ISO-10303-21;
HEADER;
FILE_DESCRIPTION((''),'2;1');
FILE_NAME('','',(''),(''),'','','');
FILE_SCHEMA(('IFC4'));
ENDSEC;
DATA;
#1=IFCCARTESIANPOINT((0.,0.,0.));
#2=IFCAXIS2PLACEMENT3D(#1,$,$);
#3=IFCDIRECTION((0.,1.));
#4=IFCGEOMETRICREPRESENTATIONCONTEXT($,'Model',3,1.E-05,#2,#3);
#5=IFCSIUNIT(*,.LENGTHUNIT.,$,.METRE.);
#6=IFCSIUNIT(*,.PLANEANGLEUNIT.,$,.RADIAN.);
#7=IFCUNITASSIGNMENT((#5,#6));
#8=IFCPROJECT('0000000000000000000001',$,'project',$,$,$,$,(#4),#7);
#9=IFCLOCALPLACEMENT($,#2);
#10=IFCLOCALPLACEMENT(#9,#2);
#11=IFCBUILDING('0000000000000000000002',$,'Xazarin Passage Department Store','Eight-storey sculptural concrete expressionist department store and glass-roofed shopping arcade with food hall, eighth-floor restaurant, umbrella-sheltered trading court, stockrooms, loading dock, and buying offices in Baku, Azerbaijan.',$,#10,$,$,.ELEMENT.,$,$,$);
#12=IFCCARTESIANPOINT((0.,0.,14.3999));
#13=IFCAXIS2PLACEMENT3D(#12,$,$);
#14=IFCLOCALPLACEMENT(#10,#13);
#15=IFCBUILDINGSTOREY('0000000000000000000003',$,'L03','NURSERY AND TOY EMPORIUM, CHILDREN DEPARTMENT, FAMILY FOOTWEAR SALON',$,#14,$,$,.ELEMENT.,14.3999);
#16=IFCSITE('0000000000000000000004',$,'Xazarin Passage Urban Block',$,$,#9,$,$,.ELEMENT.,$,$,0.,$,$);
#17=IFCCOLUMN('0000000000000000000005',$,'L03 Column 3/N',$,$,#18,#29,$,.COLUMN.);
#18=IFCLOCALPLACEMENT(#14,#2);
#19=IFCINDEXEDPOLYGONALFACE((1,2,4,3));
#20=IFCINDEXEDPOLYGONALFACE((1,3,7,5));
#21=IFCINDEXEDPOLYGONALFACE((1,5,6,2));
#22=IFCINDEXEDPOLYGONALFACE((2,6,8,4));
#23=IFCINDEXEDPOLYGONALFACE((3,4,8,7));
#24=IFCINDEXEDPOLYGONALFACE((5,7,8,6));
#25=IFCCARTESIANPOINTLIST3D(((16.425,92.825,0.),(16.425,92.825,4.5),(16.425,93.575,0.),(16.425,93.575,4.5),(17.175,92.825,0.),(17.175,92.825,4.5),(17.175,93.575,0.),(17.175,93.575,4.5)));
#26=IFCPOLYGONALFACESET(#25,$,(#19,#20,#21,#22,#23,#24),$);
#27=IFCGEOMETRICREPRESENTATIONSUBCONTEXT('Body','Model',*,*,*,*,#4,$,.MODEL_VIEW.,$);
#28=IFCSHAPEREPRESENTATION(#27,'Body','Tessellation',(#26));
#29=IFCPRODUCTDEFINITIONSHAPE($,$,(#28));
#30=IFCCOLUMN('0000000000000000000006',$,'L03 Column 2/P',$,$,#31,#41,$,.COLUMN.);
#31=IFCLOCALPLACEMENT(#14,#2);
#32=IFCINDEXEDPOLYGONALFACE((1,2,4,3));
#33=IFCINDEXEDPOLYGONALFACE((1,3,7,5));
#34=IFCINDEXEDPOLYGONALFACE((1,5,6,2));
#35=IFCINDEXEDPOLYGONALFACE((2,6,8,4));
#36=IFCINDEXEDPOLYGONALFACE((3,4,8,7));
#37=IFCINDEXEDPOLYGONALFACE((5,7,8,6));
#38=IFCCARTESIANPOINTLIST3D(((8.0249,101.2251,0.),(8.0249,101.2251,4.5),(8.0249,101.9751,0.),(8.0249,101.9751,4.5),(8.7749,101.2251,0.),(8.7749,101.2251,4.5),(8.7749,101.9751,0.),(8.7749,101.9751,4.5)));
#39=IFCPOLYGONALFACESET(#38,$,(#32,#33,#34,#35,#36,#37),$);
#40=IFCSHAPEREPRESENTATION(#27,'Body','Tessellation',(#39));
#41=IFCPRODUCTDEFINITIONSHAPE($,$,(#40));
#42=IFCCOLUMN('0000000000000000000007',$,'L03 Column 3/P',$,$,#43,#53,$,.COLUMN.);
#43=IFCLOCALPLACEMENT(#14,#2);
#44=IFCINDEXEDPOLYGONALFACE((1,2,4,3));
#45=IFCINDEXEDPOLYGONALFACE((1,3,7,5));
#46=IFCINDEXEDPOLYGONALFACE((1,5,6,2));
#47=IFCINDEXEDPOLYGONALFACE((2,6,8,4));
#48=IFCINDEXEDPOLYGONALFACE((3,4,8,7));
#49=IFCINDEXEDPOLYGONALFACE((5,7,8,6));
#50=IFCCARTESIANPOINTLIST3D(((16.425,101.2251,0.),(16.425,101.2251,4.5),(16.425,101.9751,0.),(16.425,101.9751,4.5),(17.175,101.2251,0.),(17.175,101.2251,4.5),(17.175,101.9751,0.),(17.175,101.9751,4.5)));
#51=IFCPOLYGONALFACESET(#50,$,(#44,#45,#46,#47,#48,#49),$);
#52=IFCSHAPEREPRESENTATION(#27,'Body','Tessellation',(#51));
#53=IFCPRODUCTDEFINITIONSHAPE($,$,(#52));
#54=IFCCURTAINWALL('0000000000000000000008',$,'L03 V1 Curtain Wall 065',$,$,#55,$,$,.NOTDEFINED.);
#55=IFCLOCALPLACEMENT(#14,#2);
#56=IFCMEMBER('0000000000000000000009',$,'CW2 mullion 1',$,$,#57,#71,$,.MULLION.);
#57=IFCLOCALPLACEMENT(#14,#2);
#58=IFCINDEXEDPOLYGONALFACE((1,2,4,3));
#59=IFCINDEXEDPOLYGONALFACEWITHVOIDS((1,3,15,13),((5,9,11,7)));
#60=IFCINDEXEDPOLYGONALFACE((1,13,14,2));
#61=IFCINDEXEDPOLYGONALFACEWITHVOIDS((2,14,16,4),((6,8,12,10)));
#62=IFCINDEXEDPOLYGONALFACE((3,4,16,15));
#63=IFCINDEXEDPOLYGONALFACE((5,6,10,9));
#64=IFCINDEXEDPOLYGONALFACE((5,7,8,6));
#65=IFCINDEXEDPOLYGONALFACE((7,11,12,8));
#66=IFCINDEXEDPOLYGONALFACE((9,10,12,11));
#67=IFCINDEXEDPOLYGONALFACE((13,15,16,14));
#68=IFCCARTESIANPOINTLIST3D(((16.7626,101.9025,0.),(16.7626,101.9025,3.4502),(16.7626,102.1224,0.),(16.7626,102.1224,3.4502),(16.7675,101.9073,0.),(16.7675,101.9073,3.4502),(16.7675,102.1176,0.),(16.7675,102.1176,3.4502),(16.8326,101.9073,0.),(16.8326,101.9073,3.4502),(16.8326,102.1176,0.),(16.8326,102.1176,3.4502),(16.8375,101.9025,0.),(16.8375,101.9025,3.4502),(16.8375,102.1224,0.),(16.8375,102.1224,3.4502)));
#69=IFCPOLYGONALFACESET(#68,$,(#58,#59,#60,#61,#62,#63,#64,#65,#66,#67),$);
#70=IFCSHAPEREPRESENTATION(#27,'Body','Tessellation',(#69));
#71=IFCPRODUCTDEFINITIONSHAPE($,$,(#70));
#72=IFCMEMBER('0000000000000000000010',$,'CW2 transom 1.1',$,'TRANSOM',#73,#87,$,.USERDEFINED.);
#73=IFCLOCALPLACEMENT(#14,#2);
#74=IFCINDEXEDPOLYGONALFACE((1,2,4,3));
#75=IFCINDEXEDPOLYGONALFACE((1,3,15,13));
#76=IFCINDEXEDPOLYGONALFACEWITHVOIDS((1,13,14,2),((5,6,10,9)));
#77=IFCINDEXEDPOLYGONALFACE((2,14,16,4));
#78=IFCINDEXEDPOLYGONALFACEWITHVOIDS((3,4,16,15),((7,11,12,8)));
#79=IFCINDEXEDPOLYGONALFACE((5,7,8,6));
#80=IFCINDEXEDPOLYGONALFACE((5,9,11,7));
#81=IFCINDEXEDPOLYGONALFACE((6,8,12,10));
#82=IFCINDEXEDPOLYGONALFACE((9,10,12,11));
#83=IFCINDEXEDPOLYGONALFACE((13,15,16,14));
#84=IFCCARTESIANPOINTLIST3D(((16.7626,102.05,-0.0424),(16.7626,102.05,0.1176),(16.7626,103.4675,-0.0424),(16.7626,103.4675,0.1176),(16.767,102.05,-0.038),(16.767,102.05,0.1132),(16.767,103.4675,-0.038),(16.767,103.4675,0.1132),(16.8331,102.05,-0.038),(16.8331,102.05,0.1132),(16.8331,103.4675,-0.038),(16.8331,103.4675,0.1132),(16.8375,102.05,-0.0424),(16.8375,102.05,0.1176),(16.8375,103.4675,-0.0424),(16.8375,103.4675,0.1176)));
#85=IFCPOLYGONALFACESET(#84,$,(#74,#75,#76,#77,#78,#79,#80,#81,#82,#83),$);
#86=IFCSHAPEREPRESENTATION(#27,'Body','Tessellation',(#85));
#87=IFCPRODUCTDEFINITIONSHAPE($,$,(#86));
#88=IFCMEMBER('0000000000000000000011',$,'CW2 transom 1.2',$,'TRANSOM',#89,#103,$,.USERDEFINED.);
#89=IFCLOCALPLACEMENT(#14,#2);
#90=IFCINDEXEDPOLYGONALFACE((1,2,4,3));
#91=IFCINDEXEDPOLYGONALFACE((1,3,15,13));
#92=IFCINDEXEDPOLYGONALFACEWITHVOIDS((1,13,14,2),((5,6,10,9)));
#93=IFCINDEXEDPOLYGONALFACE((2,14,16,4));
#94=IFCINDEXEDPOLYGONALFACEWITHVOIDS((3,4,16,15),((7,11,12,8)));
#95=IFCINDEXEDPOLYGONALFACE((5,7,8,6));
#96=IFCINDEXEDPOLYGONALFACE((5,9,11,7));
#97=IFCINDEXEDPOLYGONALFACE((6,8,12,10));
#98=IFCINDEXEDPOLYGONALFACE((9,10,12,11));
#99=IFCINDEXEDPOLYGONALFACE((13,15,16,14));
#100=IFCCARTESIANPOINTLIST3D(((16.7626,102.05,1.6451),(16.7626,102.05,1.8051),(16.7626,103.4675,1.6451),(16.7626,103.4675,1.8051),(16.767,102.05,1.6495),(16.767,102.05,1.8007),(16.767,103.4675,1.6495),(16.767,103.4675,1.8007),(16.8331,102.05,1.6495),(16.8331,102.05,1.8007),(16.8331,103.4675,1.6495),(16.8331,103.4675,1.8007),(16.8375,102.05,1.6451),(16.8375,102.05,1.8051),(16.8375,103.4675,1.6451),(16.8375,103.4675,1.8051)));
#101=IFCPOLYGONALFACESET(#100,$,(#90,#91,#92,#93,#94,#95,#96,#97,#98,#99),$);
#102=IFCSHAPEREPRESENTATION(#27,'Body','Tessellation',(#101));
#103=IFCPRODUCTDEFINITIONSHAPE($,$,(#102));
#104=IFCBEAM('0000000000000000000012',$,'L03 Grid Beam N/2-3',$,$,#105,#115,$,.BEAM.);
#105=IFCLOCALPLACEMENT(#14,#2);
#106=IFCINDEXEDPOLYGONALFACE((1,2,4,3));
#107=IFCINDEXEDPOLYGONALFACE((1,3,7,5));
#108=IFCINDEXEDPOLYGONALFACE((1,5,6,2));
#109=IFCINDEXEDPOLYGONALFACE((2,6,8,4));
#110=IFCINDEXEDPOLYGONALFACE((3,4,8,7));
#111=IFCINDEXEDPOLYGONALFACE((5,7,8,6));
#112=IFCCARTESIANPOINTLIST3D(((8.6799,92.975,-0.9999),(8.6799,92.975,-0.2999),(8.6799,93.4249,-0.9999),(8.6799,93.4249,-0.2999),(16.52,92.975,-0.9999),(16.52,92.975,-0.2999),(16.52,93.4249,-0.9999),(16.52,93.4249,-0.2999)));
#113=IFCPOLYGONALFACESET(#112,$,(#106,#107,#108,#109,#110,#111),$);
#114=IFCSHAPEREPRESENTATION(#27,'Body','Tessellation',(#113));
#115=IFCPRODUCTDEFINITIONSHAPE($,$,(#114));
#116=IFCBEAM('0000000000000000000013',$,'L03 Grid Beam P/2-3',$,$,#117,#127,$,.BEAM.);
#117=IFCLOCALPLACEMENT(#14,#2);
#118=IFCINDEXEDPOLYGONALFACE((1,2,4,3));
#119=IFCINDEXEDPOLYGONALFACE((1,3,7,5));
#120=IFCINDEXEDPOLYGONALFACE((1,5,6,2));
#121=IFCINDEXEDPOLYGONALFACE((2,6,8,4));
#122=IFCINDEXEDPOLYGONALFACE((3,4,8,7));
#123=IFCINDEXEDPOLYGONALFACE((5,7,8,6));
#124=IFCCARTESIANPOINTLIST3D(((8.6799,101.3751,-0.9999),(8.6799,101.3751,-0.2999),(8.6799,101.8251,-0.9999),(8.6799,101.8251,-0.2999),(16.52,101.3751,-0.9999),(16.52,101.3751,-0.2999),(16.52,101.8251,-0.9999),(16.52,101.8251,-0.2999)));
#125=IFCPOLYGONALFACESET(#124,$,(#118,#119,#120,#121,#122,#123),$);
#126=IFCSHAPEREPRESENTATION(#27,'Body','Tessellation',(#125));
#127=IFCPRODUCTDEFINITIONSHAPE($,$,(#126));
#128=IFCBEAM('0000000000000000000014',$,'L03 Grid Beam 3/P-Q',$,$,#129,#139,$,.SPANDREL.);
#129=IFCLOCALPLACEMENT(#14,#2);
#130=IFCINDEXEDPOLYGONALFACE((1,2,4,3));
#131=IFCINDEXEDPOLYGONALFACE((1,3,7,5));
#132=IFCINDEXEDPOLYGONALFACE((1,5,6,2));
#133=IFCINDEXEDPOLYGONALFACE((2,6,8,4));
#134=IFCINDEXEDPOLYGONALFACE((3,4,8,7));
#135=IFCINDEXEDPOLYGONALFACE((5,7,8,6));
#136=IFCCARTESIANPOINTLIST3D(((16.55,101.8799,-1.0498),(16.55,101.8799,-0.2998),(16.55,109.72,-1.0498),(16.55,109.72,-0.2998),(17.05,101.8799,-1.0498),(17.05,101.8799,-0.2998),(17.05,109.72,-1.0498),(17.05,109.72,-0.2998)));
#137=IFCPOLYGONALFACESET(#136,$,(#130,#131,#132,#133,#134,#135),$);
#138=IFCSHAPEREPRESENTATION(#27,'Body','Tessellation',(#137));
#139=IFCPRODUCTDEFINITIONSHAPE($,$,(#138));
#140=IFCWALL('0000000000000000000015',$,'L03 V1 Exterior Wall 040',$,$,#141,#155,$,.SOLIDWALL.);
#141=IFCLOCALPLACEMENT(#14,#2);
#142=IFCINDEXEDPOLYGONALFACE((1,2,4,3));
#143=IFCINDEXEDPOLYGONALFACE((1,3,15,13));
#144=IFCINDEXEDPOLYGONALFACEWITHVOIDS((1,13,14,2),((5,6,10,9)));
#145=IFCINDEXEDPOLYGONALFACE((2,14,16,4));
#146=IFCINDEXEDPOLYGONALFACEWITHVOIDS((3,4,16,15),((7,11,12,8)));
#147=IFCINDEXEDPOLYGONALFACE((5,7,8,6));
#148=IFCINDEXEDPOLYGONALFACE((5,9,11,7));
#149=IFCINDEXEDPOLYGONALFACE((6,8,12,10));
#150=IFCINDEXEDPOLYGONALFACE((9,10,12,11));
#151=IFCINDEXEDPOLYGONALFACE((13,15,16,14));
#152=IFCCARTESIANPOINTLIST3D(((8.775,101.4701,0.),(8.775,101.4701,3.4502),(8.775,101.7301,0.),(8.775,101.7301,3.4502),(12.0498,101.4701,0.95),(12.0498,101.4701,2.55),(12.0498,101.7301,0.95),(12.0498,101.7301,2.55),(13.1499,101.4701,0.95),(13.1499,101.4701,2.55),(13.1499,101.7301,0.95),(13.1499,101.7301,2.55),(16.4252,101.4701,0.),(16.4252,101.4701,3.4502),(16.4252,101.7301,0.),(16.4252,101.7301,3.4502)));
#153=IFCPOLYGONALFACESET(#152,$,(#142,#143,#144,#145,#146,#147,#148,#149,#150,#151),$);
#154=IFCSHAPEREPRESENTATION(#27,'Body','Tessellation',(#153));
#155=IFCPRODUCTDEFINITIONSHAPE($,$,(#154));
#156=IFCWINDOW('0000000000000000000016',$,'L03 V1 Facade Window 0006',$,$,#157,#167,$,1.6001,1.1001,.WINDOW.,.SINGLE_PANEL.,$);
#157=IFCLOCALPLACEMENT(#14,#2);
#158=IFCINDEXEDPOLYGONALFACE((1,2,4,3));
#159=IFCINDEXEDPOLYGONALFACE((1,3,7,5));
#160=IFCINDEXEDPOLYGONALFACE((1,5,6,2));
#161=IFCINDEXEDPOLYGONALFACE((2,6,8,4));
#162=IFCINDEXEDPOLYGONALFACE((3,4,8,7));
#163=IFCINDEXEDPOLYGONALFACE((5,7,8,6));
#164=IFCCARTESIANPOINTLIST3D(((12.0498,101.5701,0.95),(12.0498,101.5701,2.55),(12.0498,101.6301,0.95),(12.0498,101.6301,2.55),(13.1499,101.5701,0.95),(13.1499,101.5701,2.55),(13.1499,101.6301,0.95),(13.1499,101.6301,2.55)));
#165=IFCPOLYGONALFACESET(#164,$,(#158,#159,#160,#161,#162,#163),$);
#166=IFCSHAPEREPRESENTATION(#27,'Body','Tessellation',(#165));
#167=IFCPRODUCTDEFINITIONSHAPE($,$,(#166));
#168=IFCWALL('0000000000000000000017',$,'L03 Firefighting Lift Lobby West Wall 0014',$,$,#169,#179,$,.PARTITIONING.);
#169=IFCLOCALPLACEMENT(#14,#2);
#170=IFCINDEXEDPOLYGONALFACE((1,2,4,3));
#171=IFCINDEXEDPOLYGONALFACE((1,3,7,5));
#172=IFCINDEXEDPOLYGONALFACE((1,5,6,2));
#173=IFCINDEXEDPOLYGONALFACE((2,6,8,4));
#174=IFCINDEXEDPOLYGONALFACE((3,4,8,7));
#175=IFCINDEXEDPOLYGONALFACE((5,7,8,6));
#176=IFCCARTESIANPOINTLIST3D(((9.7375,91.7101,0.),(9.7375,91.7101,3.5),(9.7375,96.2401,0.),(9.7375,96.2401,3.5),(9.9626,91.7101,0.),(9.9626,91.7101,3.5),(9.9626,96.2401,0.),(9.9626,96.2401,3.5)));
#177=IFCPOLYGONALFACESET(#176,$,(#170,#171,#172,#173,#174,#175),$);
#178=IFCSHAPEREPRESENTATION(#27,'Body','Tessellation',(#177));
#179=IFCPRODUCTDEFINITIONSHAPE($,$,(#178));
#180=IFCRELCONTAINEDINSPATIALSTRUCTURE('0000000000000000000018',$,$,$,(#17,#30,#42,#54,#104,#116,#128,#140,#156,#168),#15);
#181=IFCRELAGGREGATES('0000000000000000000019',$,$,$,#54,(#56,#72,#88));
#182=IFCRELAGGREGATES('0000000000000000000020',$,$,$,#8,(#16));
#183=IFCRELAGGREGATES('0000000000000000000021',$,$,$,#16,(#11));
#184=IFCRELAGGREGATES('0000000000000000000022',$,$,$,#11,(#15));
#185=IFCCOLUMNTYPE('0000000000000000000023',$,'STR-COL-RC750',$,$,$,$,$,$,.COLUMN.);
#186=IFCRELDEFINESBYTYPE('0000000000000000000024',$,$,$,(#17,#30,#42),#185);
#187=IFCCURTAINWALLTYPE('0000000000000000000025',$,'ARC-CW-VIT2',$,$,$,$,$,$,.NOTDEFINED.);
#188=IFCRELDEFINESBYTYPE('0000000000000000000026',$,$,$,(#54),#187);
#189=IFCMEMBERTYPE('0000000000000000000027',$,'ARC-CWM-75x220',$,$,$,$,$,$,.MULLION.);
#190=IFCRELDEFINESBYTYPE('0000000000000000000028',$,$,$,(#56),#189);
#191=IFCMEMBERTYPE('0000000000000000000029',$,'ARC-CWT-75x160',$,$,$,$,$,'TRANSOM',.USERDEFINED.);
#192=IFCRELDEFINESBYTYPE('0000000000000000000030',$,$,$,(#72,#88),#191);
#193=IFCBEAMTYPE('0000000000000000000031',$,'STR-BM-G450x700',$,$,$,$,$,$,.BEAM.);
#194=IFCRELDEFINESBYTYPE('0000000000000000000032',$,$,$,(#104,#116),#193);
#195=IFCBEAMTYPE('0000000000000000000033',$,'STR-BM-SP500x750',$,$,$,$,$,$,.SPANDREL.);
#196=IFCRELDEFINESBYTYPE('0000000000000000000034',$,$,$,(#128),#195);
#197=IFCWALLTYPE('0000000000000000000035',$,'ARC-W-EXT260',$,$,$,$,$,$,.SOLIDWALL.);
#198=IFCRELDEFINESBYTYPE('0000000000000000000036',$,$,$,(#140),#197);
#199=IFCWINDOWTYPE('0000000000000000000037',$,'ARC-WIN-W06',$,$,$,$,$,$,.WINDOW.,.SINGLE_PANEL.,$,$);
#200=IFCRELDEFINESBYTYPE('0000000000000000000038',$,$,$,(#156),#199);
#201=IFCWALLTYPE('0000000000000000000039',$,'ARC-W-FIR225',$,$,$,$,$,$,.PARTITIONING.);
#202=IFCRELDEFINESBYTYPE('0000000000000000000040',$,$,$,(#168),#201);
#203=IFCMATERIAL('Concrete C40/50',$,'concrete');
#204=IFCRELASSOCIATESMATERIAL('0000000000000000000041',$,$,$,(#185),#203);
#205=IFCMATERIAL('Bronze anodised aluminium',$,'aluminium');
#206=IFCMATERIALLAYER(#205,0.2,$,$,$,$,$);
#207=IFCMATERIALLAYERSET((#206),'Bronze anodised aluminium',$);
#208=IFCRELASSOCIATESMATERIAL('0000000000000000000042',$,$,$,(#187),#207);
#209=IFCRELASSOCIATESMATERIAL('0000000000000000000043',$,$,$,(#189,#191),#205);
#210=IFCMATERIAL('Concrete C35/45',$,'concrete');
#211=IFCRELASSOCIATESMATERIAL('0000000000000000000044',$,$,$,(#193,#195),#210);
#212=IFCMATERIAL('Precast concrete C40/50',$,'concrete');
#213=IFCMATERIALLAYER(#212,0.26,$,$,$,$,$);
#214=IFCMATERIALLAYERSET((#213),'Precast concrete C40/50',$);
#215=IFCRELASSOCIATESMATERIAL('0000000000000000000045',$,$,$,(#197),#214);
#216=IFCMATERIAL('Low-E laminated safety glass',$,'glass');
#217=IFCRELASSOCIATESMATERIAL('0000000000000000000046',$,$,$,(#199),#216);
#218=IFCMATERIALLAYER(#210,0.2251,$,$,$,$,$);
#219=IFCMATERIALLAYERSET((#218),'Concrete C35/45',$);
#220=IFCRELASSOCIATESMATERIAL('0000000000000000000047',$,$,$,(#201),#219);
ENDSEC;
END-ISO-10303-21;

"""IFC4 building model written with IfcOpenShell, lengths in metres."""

from ifc_helpers import new_model, si_unit, direction, frame, frame_2d, origin, origin_2d, place, context, subcontext, project, spatial, rectangle, hollow_rectangle, extrude, material, layer, layer_set, material_profile, profile_set, type_object, element, fill, aggregate, save


model = new_model("IFC4")

# Units and contexts
model_context = context("Model", 3, precision=1e-05, world=origin(), true_north=direction((0.0, 1.0)))
body_context = subcontext(model_context, "Body", "Model", "MODEL_VIEW")
ifc_project = project(units=[si_unit("LENGTHUNIT", "METRE"), si_unit("PLANEANGLEUNIT", "RADIAN")], contexts=[model_context])

# Site, building, storey
site_placement = place(None, origin())
site = spatial("IfcSite", under=ifc_project, at=site_placement, Name="Xazarin Passage Urban Block", CompositionType="ELEMENT", RefElevation=0.0)
building_placement = place(site_placement, origin())
building = spatial("IfcBuilding", under=site, at=building_placement, Name="Xazarin Passage Department Store", Description="Eight-storey sculptural concrete expressionist department store and glass-roofed shopping arcade with food hall, eighth-floor restaurant, umbrella-sheltered trading court, stockrooms, loading dock, and buying offices in Baku, Azerbaijan.", CompositionType="ELEMENT")
storey_placement = place(building_placement, frame((0.0, 0.0, 14.3999)))
storey = spatial("IfcBuildingStorey", under=building, at=storey_placement, Name="L03", Description="NURSERY AND TOY EMPORIUM, CHILDREN DEPARTMENT, FAMILY FOOTWEAR SALON", CompositionType="ELEMENT", Elevation=14.3999)

# Columns
ifc_material_1 = material(Name="Concrete C40/50", Category="concrete")
ifc_material_profile_1 = material_profile(ifc_material_1, rectangle(XDim=0.75, YDim=0.75, at=origin_2d()), Name="RC 750x750")
ifc_profile_set_1 = profile_set([ifc_material_profile_1], Name="Concrete C40/50")
column_type = type_object("IfcColumnType", Name="STR-COL-RC750", PredefinedType="COLUMN", material=ifc_profile_set_1)
for number, where, z_axis, x_axis, name in (
    (1, (16.8, 93.2, 0.0), (0.0, 0.0, 1.0), (1.0, 0.0, 0.0), "L03 Column 3/N"),
    (2, (8.3999, 101.6001, 0.0), (0.0, 0.0, 1.0), (1.0, 0.0, 0.0), "L03 Column 2/P"),
    (3, (16.8, 101.6001, 0.0), (0.0, 0.0, 1.0), (1.0, 0.0, 0.0), "L03 Column 3/P"),
):
    element("IfcColumn", number, at=place(storey_placement, frame(where, z_axis=z_axis, x_axis=x_axis)), inside=storey, type_object=column_type, Name=name, PredefinedType="COLUMN", context=body_context, shape_type="SweptSolid", body=[
        extrude(rectangle(XDim=0.75, YDim=0.75, at=origin_2d()), origin(), (0.0, 0.0, 1.0), 4.5),
    ])

# Curtain wall, members
ifc_material_2 = material(Name="Bronze anodised aluminium", Category="aluminium")
ifc_layer_1 = layer(ifc_material_2, 0.2)
ifc_layer_set_1 = layer_set([ifc_layer_1], Name="Bronze anodised aluminium")
curtain_wall_type = type_object("IfcCurtainWallType", Name="ARC-CW-VIT2", PredefinedType="NOTDEFINED", material=ifc_layer_set_1)
curtain_wall_placement = place(storey_placement, origin())
curtain_wall = element("IfcCurtainWall", 4, at=curtain_wall_placement, inside=storey, type_object=curtain_wall_type, Name="L03 V1 Curtain Wall 065", PredefinedType="NOTDEFINED")
ifc_material_profile_2 = material_profile(ifc_material_2, hollow_rectangle(XDim=0.075, YDim=0.22, WallThickness=0.0049, at=origin_2d()), Name="ALU 75x220")
ifc_profile_set_2 = profile_set([ifc_material_profile_2], Name="Bronze anodised aluminium")
member_type_1 = type_object("IfcMemberType", Name="ARC-CWM-75x220", PredefinedType="MULLION", material=ifc_profile_set_2)
member_1_placement = place(storey_placement, frame((16.8, 102.0125, 0.0), z_axis=(0.0, 0.0, 1.0), x_axis=(-1.0, 0.0, 0.0)))
member_1 = element("IfcMember", 5, at=member_1_placement, type_object=member_type_1, Name="CW2 mullion 1", PredefinedType="MULLION", context=body_context, shape_type="SweptSolid", body=[
    extrude(hollow_rectangle(XDim=0.075, YDim=0.22, WallThickness=0.0049, at=origin_2d()), origin(), (0.0, 0.0, 1.0), 3.4502),
])
ifc_material_profile_3 = material_profile(ifc_material_2, hollow_rectangle(XDim=0.075, YDim=0.1599, WallThickness=0.0044, at=origin_2d()), Name="ALU 75x160")
ifc_profile_set_3 = profile_set([ifc_material_profile_3], Name="Bronze anodised aluminium")
member_type_2 = type_object("IfcMemberType", Name="ARC-CWT-75x160", ElementType="TRANSOM", PredefinedType="USERDEFINED", material=ifc_profile_set_3)
member_2_placement = place(storey_placement, frame((16.8, 102.05, 0.0376), z_axis=(0.0, 1.0, 0.0), x_axis=(-1.0, 0.0, 0.0)))
member_2 = element("IfcMember", 6, at=member_2_placement, type_object=member_type_2, Name="CW2 transom 1.1", ObjectType="TRANSOM", PredefinedType="USERDEFINED", context=body_context, shape_type="SweptSolid", body=[
    extrude(hollow_rectangle(XDim=0.075, YDim=0.1599, WallThickness=0.0044, at=origin_2d()), origin(), (0.0, 0.0, 1.0), 1.4175),
])
member_3_placement = place(storey_placement, frame((16.8, 102.05, 1.7251), z_axis=(0.0, 1.0, 0.0), x_axis=(-1.0, 0.0, 0.0)))
member_3 = element("IfcMember", 7, at=member_3_placement, type_object=member_type_2, Name="CW2 transom 1.2", ObjectType="TRANSOM", PredefinedType="USERDEFINED", context=body_context, shape_type="SweptSolid", body=[
    extrude(hollow_rectangle(XDim=0.075, YDim=0.1599, WallThickness=0.0044, at=origin_2d()), origin(), (0.0, 0.0, 1.0), 1.4175),
])
aggregate(curtain_wall, [member_1, member_2, member_3])

# Beams
ifc_material_3 = material(Name="Concrete C35/45", Category="concrete")
ifc_material_profile_4 = material_profile(ifc_material_3, rectangle(XDim=0.45, YDim=0.7, at=origin_2d()), Name="RC 450x700")
ifc_profile_set_4 = profile_set([ifc_material_profile_4], Name="Concrete C35/45")
beam_type_1 = type_object("IfcBeamType", Name="STR-BM-G450x700", PredefinedType="BEAM", material=ifc_profile_set_4)
for number, where, z_axis, x_axis, name in (
    (8, (8.6799, 93.2, -0.6499), (1.0, 0.0, 0.0), (0.0, 1.0, 0.0), "L03 Grid Beam N/2-3"),
    (9, (8.6799, 101.6001, -0.6499), (1.0, 0.0, 0.0), (0.0, 1.0, 0.0), "L03 Grid Beam P/2-3"),
):
    element("IfcBeam", number, at=place(storey_placement, frame(where, z_axis=z_axis, x_axis=x_axis)), inside=storey, type_object=beam_type_1, Name=name, PredefinedType="BEAM", context=body_context, shape_type="SweptSolid", body=[
        extrude(rectangle(XDim=0.45, YDim=0.7, at=origin_2d()), origin(), (0.0, 0.0, 1.0), 7.8401),
    ])
ifc_material_profile_5 = material_profile(ifc_material_3, rectangle(XDim=0.5, YDim=0.75, at=origin_2d()), Name="RC 500x750")
ifc_profile_set_5 = profile_set([ifc_material_profile_5], Name="Concrete C35/45")
beam_type_2 = type_object("IfcBeamType", Name="STR-BM-SP500x750", PredefinedType="SPANDREL", material=ifc_profile_set_5)
beam_placement = place(storey_placement, frame((16.8, 101.8799, -0.6748), z_axis=(0.0, 1.0, 0.0), x_axis=(-1.0, 0.0, 0.0)))
element("IfcBeam", 10, at=beam_placement, inside=storey, type_object=beam_type_2, Name="L03 Grid Beam 3/P-Q", PredefinedType="SPANDREL", context=body_context, shape_type="SweptSolid", body=[
    extrude(rectangle(XDim=0.5, YDim=0.75, at=origin_2d()), origin(), (0.0, 0.0, 1.0), 7.8401),
])

# Wall, opening, window
ifc_material_4 = material(Name="Precast concrete C40/50", Category="concrete")
ifc_layer_2 = layer(ifc_material_4, 0.26)
ifc_layer_set_2 = layer_set([ifc_layer_2], Name="Precast concrete C40/50")
wall_type_1 = type_object("IfcWallType", Name="ARC-W-EXT260", PredefinedType="SOLIDWALL", material=ifc_layer_set_2)
wall_1_placement = place(storey_placement, frame((8.7749, 101.6001, 0.0), z_axis=(0.0, 0.0, 1.0), x_axis=(1.0, 0.0, 0.0)))
wall_1 = element("IfcWall", 11, at=wall_1_placement, inside=storey, type_object=wall_type_1, Name="L03 V1 Exterior Wall 040", PredefinedType="SOLIDWALL", context=body_context, shape_type="SweptSolid", body=[
    extrude(rectangle(XDim=7.6501, YDim=0.26, at=frame_2d((3.8252, 0.0))), origin(), (0.0, 0.0, 1.0), 3.4502),
])
opening_1_placement = place(wall_1_placement, frame((3.2749, 0.0, 0.95)))
opening_1 = element("IfcOpeningElement", 12, at=opening_1_placement, cuts=wall_1, PredefinedType="OPENING", context=body_context, shape_type="SweptSolid", body=[
    extrude(rectangle(XDim=1.1001, YDim=1.6001, at=frame_2d((0.55, 0.8))), frame((0.0, 0.1399, 0.0), z_axis=(0.0, -1.0, 0.0), x_axis=(1.0, 0.0, 0.0)), (0.0, 0.0, 1.0), 0.28),
])
ifc_material_5 = material(Name="Low-E laminated safety glass", Category="glass")
window_type = type_object("IfcWindowType", Name="ARC-WIN-W06", PartitioningType="SINGLE_PANEL", PredefinedType="WINDOW", material=ifc_material_5)
window_placement = place(opening_1_placement, origin())
window = element("IfcWindow", 13, at=window_placement, inside=storey, type_object=window_type, Name="L03 V1 Facade Window 0006", OverallHeight=1.6001, OverallWidth=1.1001, PartitioningType="SINGLE_PANEL", PredefinedType="WINDOW", context=body_context, shape_type="SweptSolid", body=[
    extrude(rectangle(XDim=1.1001, YDim=1.6001, at=frame_2d((0.55, 0.8))), frame((0.0, 0.03, 0.0), z_axis=(0.0, -1.0, 0.0), x_axis=(1.0, 0.0, 0.0)), (0.0, 0.0, 1.0), 0.0601),
])
fill(opening_1, window)

# Wall
ifc_layer_3 = layer(ifc_material_3, 0.2251)
ifc_layer_set_3 = layer_set([ifc_layer_3], Name="Concrete C35/45")
wall_type_2 = type_object("IfcWallType", Name="ARC-W-FIR225", PredefinedType="PARTITIONING", material=ifc_layer_set_3)
for number, where, z_axis, x_axis, name in (
    (14, (9.8501, 91.71, 0.0), (0.0, 0.0, 1.0), (0.0, 1.0, 0.0), "L03 Firefighting Lift Lobby West Wall 0014"),
):
    element("IfcWall", number, at=place(storey_placement, frame(where, z_axis=z_axis, x_axis=x_axis)), inside=storey, type_object=wall_type_2, Name=name, PredefinedType="PARTITIONING", context=body_context, shape_type="SweptSolid", body=[
        extrude(rectangle(XDim=4.53, YDim=0.2251, at=frame_2d((2.2651, 0.0))), origin(), (0.0, 0.0, 1.0), 3.5),
    ])

save(model, "model.ifc")
